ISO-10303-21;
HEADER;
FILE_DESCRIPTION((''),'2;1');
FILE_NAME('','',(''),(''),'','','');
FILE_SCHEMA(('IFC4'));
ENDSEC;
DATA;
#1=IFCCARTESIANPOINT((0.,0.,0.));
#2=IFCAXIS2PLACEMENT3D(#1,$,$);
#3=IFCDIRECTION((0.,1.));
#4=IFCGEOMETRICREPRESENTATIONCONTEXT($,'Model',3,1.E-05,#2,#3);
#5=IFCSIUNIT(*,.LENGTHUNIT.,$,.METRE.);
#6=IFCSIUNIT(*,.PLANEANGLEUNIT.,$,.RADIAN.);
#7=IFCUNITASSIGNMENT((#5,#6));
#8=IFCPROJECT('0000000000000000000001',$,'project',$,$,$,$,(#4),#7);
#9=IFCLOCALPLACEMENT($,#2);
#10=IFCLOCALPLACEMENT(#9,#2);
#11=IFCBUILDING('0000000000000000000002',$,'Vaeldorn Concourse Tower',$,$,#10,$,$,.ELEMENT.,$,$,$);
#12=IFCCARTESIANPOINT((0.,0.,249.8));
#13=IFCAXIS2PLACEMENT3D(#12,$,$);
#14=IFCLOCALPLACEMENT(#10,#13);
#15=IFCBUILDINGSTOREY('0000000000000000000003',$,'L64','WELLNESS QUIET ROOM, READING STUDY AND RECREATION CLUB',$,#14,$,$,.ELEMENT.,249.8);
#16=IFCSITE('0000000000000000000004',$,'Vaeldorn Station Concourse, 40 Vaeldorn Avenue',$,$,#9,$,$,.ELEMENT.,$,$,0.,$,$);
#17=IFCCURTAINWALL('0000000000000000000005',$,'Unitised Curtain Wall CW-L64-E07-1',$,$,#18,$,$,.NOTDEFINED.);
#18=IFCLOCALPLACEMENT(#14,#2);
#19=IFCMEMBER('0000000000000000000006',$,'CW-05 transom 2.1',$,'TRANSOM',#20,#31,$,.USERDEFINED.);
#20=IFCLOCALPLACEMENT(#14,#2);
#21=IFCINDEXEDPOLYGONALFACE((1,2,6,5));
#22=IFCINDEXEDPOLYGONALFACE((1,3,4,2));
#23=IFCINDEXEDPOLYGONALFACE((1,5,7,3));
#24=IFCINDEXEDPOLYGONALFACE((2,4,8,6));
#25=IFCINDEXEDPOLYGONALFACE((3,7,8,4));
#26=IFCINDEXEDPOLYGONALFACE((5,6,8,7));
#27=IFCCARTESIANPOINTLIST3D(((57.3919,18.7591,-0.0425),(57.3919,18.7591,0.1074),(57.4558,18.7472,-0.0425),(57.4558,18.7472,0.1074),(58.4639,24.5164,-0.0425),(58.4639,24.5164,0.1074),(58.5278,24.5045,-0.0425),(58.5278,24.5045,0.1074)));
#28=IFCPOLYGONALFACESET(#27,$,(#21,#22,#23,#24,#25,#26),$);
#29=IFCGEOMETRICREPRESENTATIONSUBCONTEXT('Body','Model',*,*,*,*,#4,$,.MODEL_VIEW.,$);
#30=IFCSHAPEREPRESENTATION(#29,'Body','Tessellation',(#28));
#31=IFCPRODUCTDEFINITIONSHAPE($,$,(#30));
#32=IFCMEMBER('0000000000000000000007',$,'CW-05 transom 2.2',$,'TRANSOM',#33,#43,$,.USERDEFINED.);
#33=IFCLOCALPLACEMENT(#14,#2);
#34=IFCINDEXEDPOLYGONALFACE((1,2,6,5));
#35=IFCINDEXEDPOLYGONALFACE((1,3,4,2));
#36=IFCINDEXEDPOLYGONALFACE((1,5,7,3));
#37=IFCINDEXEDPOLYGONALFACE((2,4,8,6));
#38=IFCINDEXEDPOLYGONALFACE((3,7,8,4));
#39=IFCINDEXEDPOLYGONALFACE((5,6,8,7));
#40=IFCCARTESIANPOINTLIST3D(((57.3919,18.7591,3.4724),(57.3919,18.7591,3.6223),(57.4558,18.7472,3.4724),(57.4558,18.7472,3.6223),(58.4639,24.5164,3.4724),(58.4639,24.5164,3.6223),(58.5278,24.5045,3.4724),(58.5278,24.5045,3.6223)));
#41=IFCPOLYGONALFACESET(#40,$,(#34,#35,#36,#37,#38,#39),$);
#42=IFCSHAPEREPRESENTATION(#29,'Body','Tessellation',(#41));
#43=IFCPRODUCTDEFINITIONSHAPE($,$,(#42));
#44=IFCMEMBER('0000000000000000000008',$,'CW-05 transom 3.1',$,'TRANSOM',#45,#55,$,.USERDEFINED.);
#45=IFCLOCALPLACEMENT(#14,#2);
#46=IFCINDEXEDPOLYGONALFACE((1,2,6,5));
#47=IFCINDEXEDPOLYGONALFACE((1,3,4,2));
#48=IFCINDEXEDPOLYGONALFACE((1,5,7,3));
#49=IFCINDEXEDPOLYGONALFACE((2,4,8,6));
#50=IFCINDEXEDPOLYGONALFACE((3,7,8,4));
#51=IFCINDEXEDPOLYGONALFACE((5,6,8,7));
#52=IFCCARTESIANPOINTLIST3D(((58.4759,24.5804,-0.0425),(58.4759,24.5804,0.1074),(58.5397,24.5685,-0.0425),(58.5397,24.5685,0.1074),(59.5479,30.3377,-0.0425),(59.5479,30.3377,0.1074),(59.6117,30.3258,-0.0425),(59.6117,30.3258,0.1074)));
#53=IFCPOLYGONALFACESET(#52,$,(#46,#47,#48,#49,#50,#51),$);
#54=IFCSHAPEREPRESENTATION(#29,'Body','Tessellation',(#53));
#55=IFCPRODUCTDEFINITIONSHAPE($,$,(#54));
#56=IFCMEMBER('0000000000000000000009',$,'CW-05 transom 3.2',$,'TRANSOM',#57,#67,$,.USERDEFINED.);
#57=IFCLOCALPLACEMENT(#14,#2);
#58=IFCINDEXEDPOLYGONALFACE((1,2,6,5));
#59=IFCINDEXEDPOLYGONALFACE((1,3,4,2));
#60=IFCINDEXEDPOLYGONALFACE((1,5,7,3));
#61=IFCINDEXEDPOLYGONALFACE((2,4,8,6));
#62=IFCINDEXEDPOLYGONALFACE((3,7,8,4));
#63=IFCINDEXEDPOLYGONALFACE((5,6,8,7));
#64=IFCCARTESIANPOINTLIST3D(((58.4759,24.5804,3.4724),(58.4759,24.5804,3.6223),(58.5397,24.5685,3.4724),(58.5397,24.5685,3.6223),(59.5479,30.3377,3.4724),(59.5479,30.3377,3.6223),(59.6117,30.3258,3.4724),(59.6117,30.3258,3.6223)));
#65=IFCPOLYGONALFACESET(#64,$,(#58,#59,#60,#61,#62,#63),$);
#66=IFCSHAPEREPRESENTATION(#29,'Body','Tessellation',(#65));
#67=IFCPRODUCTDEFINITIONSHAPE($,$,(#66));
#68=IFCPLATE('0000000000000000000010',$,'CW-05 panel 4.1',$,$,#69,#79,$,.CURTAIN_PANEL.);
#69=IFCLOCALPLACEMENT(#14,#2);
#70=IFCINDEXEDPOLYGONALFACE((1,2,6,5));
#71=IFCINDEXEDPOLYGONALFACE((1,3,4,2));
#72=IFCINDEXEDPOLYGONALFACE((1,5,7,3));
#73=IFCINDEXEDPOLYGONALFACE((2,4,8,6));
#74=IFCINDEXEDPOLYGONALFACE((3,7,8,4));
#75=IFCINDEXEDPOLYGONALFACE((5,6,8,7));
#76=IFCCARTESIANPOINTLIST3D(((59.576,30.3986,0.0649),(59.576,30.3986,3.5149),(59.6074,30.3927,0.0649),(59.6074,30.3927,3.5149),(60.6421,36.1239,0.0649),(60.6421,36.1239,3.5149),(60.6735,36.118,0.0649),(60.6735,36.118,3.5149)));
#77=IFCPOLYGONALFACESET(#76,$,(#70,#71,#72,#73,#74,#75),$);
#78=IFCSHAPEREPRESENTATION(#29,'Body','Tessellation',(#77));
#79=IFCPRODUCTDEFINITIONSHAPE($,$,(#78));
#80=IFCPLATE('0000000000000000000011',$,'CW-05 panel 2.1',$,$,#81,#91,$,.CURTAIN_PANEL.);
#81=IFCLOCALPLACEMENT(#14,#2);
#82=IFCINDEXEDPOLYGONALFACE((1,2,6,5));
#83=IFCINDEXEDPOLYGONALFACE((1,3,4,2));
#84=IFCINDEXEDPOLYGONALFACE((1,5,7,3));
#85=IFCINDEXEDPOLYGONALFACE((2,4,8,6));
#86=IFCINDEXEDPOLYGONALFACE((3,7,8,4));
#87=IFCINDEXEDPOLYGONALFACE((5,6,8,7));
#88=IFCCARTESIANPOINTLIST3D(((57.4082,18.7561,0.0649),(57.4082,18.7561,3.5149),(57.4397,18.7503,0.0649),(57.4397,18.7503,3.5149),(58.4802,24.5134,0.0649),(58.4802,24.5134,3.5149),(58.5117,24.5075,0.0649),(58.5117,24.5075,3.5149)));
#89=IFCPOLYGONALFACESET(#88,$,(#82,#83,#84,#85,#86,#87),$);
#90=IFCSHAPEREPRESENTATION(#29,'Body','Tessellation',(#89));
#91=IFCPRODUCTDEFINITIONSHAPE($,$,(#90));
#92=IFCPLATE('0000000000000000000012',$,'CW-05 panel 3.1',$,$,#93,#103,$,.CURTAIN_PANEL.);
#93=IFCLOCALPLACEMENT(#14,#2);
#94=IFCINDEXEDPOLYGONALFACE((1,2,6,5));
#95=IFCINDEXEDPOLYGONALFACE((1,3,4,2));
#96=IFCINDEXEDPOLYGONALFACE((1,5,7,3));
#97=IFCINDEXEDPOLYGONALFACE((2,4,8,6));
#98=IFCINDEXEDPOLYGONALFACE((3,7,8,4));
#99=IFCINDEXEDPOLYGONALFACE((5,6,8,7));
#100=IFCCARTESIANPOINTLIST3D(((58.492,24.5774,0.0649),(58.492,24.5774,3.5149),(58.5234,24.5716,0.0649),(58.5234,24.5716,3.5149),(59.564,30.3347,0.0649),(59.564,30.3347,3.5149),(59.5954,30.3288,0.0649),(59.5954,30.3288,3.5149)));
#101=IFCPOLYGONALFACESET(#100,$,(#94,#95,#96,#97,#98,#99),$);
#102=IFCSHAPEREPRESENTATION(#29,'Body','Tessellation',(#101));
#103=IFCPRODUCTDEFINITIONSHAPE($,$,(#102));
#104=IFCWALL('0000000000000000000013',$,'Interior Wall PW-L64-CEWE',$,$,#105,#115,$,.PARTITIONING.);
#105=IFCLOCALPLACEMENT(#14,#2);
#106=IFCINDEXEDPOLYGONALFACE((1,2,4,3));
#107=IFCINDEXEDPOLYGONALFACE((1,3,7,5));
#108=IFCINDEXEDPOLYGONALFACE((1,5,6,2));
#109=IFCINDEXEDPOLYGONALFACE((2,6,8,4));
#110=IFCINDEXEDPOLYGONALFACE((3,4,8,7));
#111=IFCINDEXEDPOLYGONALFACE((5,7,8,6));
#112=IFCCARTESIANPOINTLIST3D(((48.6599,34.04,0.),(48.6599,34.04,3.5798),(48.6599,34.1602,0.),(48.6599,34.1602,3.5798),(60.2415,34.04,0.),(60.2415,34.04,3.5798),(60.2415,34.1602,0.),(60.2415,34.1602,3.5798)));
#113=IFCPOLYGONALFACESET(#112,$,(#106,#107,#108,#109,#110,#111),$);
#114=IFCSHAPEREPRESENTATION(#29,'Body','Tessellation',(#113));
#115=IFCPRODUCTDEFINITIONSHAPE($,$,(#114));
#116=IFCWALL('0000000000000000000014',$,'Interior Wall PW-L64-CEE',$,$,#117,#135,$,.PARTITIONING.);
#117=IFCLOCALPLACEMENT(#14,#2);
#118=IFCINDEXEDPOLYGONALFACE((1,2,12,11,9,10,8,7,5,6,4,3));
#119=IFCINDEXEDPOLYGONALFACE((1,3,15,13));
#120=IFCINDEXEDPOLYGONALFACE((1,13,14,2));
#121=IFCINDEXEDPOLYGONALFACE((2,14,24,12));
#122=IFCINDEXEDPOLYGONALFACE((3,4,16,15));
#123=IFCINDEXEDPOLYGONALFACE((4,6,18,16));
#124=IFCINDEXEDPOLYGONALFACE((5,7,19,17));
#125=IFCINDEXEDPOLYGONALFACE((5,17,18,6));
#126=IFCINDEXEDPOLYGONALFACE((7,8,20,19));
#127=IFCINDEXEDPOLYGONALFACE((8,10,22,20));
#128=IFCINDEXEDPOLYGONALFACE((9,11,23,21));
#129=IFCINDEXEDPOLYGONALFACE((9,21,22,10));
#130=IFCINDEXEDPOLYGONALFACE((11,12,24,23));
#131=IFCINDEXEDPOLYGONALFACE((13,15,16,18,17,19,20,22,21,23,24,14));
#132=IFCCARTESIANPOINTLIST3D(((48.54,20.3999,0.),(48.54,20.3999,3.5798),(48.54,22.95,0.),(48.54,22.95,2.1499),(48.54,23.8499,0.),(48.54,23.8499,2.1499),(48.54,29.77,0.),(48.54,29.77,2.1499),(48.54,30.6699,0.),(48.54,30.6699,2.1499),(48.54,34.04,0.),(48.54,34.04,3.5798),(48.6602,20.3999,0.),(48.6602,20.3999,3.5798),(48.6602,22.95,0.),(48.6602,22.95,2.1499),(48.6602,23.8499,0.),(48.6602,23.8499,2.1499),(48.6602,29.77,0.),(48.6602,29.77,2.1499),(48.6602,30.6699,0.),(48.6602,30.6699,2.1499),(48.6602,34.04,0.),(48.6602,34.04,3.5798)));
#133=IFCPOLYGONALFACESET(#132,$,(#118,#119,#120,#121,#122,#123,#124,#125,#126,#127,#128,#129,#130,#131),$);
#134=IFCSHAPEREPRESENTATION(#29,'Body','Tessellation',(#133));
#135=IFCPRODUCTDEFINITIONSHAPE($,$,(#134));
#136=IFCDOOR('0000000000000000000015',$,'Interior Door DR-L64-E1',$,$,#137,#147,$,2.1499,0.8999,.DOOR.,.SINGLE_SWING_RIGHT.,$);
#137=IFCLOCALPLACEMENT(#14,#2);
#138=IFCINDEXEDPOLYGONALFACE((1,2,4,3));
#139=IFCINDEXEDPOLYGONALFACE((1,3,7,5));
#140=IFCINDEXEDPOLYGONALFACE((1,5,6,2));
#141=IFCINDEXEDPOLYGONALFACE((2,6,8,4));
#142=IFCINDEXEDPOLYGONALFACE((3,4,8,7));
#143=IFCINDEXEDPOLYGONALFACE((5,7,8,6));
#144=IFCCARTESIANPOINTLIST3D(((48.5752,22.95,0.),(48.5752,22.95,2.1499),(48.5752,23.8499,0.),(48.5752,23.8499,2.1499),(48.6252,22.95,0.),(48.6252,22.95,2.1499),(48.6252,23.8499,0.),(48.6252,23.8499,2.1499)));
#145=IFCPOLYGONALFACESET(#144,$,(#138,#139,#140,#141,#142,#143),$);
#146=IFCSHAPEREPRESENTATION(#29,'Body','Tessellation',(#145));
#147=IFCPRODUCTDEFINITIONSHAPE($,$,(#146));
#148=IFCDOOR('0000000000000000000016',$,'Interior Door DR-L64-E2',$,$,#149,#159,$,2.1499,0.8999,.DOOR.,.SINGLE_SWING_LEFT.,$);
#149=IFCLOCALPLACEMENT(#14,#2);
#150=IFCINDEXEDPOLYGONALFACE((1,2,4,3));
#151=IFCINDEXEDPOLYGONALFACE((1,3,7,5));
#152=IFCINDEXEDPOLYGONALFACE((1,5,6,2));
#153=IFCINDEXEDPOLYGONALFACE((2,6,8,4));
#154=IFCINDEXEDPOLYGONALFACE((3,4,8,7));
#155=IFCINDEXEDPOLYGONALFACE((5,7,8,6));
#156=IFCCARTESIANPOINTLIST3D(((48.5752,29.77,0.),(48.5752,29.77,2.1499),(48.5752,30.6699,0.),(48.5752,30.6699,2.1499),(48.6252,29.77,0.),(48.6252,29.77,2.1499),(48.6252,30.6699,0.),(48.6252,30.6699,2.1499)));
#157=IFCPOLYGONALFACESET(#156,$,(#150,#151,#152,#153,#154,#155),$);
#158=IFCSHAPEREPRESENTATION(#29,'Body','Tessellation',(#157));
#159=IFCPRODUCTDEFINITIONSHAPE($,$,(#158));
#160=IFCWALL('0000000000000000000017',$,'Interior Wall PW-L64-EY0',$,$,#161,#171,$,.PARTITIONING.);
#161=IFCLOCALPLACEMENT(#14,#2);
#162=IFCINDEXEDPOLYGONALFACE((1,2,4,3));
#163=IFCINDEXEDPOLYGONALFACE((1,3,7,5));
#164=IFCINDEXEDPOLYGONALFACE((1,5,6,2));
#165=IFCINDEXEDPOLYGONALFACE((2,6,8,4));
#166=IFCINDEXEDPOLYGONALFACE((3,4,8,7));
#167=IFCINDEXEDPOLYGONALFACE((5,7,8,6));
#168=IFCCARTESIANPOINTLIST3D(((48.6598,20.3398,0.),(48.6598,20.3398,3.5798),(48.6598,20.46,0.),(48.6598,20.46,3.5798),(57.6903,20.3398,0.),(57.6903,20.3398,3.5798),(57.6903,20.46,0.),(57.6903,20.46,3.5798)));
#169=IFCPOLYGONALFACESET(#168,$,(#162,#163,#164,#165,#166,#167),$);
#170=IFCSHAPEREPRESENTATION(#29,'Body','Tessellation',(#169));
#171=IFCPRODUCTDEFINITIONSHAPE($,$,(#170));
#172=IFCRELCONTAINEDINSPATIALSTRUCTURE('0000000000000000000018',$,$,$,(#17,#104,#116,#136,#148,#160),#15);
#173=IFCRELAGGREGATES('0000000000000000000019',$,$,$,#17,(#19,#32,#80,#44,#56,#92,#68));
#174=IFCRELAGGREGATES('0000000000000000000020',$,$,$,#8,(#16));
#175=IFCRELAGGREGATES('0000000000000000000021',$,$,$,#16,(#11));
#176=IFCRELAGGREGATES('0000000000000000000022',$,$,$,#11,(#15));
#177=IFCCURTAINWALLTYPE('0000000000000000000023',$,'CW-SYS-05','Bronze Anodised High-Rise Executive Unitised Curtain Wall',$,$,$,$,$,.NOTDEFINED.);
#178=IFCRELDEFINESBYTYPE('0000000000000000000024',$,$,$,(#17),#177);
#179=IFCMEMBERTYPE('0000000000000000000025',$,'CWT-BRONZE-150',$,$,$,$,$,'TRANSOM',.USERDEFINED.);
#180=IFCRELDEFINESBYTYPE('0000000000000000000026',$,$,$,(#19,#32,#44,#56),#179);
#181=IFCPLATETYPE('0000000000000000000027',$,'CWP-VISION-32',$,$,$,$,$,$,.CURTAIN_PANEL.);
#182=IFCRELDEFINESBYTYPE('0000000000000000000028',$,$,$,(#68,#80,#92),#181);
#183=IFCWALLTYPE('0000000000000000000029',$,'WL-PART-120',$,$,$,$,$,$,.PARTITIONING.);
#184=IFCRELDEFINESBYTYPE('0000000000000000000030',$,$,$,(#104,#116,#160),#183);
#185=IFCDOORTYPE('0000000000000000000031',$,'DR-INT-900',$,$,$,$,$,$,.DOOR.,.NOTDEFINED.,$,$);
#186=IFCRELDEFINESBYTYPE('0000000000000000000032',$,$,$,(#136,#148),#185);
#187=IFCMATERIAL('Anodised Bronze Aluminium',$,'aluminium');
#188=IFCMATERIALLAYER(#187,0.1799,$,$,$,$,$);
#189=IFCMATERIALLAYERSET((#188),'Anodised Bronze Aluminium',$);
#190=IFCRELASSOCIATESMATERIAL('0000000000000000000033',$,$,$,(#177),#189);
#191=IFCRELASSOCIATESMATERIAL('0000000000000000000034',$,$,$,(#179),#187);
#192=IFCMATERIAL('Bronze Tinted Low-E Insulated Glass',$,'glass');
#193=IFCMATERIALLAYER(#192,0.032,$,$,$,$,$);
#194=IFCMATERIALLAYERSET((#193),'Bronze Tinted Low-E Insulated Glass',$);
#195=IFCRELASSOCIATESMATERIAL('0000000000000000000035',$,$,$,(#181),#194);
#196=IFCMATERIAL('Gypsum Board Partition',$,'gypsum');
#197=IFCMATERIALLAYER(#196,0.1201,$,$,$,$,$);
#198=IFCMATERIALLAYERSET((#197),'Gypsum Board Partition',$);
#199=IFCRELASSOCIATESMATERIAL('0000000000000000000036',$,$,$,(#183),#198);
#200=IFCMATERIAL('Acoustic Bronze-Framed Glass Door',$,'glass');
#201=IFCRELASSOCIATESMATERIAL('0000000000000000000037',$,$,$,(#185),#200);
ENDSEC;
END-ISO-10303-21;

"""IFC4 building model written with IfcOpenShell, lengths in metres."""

from ifc_helpers import new_model, si_unit, direction, frame, frame_2d, origin, origin_2d, place, context, subcontext, project, spatial, rectangle, extrude, source, transform, mapped, material, layer, layer_set, material_profile, profile_set, type_object, element, fill, aggregate, save


model = new_model("IFC4")

# Units and contexts
model_context = context("Model", 3, precision=1e-05, world=origin(), true_north=direction((0.0, 1.0)))
body_context = subcontext(model_context, "Body", "Model", "MODEL_VIEW")
ifc_project = project(units=[si_unit("LENGTHUNIT", "METRE"), si_unit("PLANEANGLEUNIT", "RADIAN")], contexts=[model_context])

# Site, building, storey
site_placement = place(None, origin())
site = spatial("IfcSite", under=ifc_project, at=site_placement, Name="Vaeldorn Station Concourse, 40 Vaeldorn Avenue", CompositionType="ELEMENT", RefElevation=0.0)
building_placement = place(site_placement, origin())
building = spatial("IfcBuilding", under=site, at=building_placement, Name="Vaeldorn Concourse Tower", CompositionType="ELEMENT")
storey_placement = place(building_placement, frame((0.0, 0.0, 249.8)))
storey = spatial("IfcBuildingStorey", under=building, at=storey_placement, Name="L64", Description="WELLNESS QUIET ROOM, READING STUDY AND RECREATION CLUB", CompositionType="ELEMENT", Elevation=249.8)

# Curtain wall
ifc_material_1 = material(Name="Anodised Bronze Aluminium", Category="aluminium")
ifc_layer_1 = layer(ifc_material_1, 0.1799)
ifc_layer_set_1 = layer_set([ifc_layer_1], Name="Anodised Bronze Aluminium")
curtain_wall_type = type_object("IfcCurtainWallType", Name="CW-SYS-05", Description="Bronze Anodised High-Rise Executive Unitised Curtain Wall", PredefinedType="NOTDEFINED", material=ifc_layer_set_1)
curtain_wall_1_placement = place(storey_placement, origin())
curtain_wall_1 = element("IfcCurtainWall", 1, at=curtain_wall_1_placement, inside=storey, type_object=curtain_wall_type, Name="Unitised Curtain Wall CW-L64-E07-1", PredefinedType="NOTDEFINED")

# Members
ifc_material_profile_1 = material_profile(ifc_material_1, rectangle(XDim=0.0649, YDim=0.1499, at=origin_2d()), Name="CWT 65x150")
ifc_profile_set_1 = profile_set([ifc_material_profile_1], Name="Anodised Bronze Aluminium")
member_type_1 = type_object("IfcMemberType", Name="CWT-BRONZE-150", ElementType="TRANSOM", PredefinedType="USERDEFINED", material=ifc_profile_set_1)
shared_shape_1 = source(origin(), body_context, "Body", "SweptSolid", [
    extrude(rectangle(XDim=0.0649, YDim=0.1499, at=origin_2d()), origin(), (0.0, 0.0, 1.0), 5.8562),
])
member_1_placement = place(storey_placement, frame((57.4238, 18.7532, 0.0325), z_axis=(0.183055, 0.983103, 0.0), x_axis=(-0.983103, 0.183055, 0.0)))
member_1 = element("IfcMember", 2, at=member_1_placement, type_object=member_type_1, Name="CW-05 transom 2.1", ObjectType="TRANSOM", PredefinedType="USERDEFINED", context=body_context, shape_type="MappedRepresentation", body=[
    mapped(shared_shape_1, transform((0.0, 0.0, 0.0), scale=1.0)),
])
member_2_placement = place(storey_placement, frame((57.4238, 18.7532, 3.5474), z_axis=(0.183055, 0.983103, 0.0), x_axis=(-0.983103, 0.183055, 0.0)))
member_2 = element("IfcMember", 3, at=member_2_placement, type_object=member_type_1, Name="CW-05 transom 2.2", ObjectType="TRANSOM", PredefinedType="USERDEFINED", context=body_context, shape_type="MappedRepresentation", body=[
    mapped(shared_shape_1, transform((0.0, 0.0, 0.0), scale=1.0)),
])
member_3_placement = place(storey_placement, frame((58.5078, 24.5745, 0.0325), z_axis=(0.183055, 0.983103, 0.0), x_axis=(-0.983103, 0.183055, 0.0)))
member_3 = element("IfcMember", 4, at=member_3_placement, type_object=member_type_1, Name="CW-05 transom 3.1", ObjectType="TRANSOM", PredefinedType="USERDEFINED", context=body_context, shape_type="MappedRepresentation", body=[
    mapped(shared_shape_1, transform((0.0, 0.0, 0.0), scale=1.0)),
])
member_4_placement = place(storey_placement, frame((58.5078, 24.5745, 3.5474), z_axis=(0.183055, 0.983103, 0.0), x_axis=(-0.983103, 0.183055, 0.0)))
member_4 = element("IfcMember", 5, at=member_4_placement, type_object=member_type_1, Name="CW-05 transom 3.2", ObjectType="TRANSOM", PredefinedType="USERDEFINED", context=body_context, shape_type="MappedRepresentation", body=[
    mapped(shared_shape_1, transform((0.0, 0.0, 0.0), scale=1.0)),
])

# Plates
ifc_material_2 = material(Name="Bronze Tinted Low-E Insulated Glass", Category="glass")
ifc_layer_2 = layer(ifc_material_2, 0.032)
ifc_layer_set_2 = layer_set([ifc_layer_2], Name="Bronze Tinted Low-E Insulated Glass")
plate_type = type_object("IfcPlateType", Name="CWP-VISION-32", PredefinedType="CURTAIN_PANEL", material=ifc_layer_set_2)
shared_shape_2 = source(origin(), body_context, "Body", "SweptSolid", [
    extrude(rectangle(XDim=5.8237, YDim=0.032, at=origin_2d()), origin(), (0.0, 0.0, 1.0), 3.45),
])
plate_1_placement = place(storey_placement, frame((60.1248, 33.2583, 0.0649), z_axis=(0.0, 0.0, 1.0), x_axis=(0.183055, 0.983103, 0.0)))
plate_1 = element("IfcPlate", 6, at=plate_1_placement, type_object=plate_type, Name="CW-05 panel 4.1", PredefinedType="CURTAIN_PANEL", context=body_context, shape_type="MappedRepresentation", body=[
    mapped(shared_shape_2, transform((0.0, 0.0, 0.0), scale=1.0)),
])
shared_shape_3 = source(origin(), body_context, "Body", "SweptSolid", [
    extrude(rectangle(XDim=5.8562, YDim=0.032, at=origin_2d()), origin(), (0.0, 0.0, 1.0), 3.45),
])
plate_2_placement = place(storey_placement, frame((57.96, 21.6318, 0.0649), z_axis=(0.0, 0.0, 1.0), x_axis=(0.183055, 0.983103, 0.0)))
plate_2 = element("IfcPlate", 7, at=plate_2_placement, type_object=plate_type, Name="CW-05 panel 2.1", PredefinedType="CURTAIN_PANEL", context=body_context, shape_type="MappedRepresentation", body=[
    mapped(shared_shape_3, transform((0.0, 0.0, 0.0), scale=1.0)),
])
plate_3_placement = place(storey_placement, frame((59.0437, 27.4531, 0.0649), z_axis=(0.0, 0.0, 1.0), x_axis=(0.183055, 0.983103, 0.0)))
plate_3 = element("IfcPlate", 8, at=plate_3_placement, type_object=plate_type, Name="CW-05 panel 3.1", PredefinedType="CURTAIN_PANEL", context=body_context, shape_type="MappedRepresentation", body=[
    mapped(shared_shape_3, transform((0.0, 0.0, 0.0), scale=1.0)),
])
aggregate(curtain_wall_1, [member_1, member_2, plate_2, member_3, member_4, plate_3, plate_1])

# Wall
ifc_material_3 = material(Name="Gypsum Board Partition", Category="gypsum")
ifc_layer_3 = layer(ifc_material_3, 0.1201)
ifc_layer_set_3 = layer_set([ifc_layer_3], Name="Gypsum Board Partition")
wall_type = type_object("IfcWallType", Name="WL-PART-120", PredefinedType="PARTITIONING", material=ifc_layer_set_3)
wall_1_placement = place(storey_placement, frame((48.6599, 34.1001, 0.0), z_axis=(0.0, 0.0, 1.0), x_axis=(1.0, 0.0, 0.0)))
element("IfcWall", 9, at=wall_1_placement, inside=storey, type_object=wall_type, Name="Interior Wall PW-L64-CEWE", PredefinedType="PARTITIONING", context=body_context, shape_type="SweptSolid", body=[
    extrude(rectangle(XDim=11.5815, YDim=0.1201, at=frame_2d((5.7908, 0.0))), origin(), (0.0, 0.0, 1.0), 3.5798),
])

# Shared definitions
ifc_material_4 = material(Name="Acoustic Bronze-Framed Glass Door", Category="glass")
door_type = type_object("IfcDoorType", Name="DR-INT-900", OperationType="NOTDEFINED", PredefinedType="DOOR", material=ifc_material_4)
shared_shape_4 = source(origin(), body_context, "Body", "SweptSolid", [
    extrude(rectangle(XDim=0.8999, YDim=2.1499, at=frame_2d((0.45, 1.075))), frame((0.0, 0.0249, 0.0), z_axis=(0.0, -1.0, 0.0), x_axis=(1.0, 0.0, 0.0)), (0.0, 0.0, 1.0), 0.05),
])

# Wall, openings, doors
wall_2_placement = place(storey_placement, frame((48.6001, 20.3999, 0.0), z_axis=(0.0, 0.0, 1.0), x_axis=(0.0, 1.0, 0.0)))
wall_2 = element("IfcWall", 10, at=wall_2_placement, inside=storey, type_object=wall_type, Name="Interior Wall PW-L64-CEE", PredefinedType="PARTITIONING", context=body_context, shape_type="SweptSolid", body=[
    extrude(rectangle(XDim=13.6401, YDim=0.1201, at=frame_2d((6.8201, 0.0))), origin(), (0.0, 0.0, 1.0), 3.5798),
])
opening_1_placement = place(wall_2_placement, frame((2.55, 0.0, 0.0)))
opening_1 = element("IfcOpeningElement", 11, at=opening_1_placement, cuts=wall_2, PredefinedType="OPENING", context=body_context, shape_type="SweptSolid", body=[
    extrude(rectangle(XDim=0.8999, YDim=2.1499, at=frame_2d((0.45, 1.075))), frame((0.0, 0.0701, 0.0), z_axis=(0.0, -1.0, 0.0), x_axis=(1.0, 0.0, 0.0)), (0.0, 0.0, 1.0), 0.1401),
])
opening_2_placement = place(wall_2_placement, frame((9.3701, 0.0, 0.0)))
opening_2 = element("IfcOpeningElement", 12, at=opening_2_placement, cuts=wall_2, PredefinedType="OPENING", context=body_context, shape_type="SweptSolid", body=[
    extrude(rectangle(XDim=0.8999, YDim=2.1499, at=frame_2d((0.45, 1.075))), frame((0.0, 0.0701, 0.0), z_axis=(0.0, -1.0, 0.0), x_axis=(1.0, 0.0, 0.0)), (0.0, 0.0, 1.0), 0.1401),
])
door_1_placement = place(opening_1_placement, origin())
door_1 = element("IfcDoor", 13, at=door_1_placement, inside=storey, type_object=door_type, Name="Interior Door DR-L64-E1", OperationType="SINGLE_SWING_RIGHT", OverallHeight=2.1499, OverallWidth=0.8999, PredefinedType="DOOR", context=body_context, shape_type="MappedRepresentation", body=[
    mapped(shared_shape_4, transform((0.0, 0.0, 0.0), scale=1.0)),
])
fill(opening_1, door_1)
door_2_placement = place(opening_2_placement, origin())
door_2 = element("IfcDoor", 14, at=door_2_placement, inside=storey, type_object=door_type, Name="Interior Door DR-L64-E2", OperationType="SINGLE_SWING_LEFT", OverallHeight=2.1499, OverallWidth=0.8999, PredefinedType="DOOR", context=body_context, shape_type="MappedRepresentation", body=[
    mapped(shared_shape_4, transform((0.0, 0.0, 0.0), scale=1.0)),
])
fill(opening_2, door_2)

# Wall
wall_3_placement = place(storey_placement, frame((48.6599, 20.3999, 0.0), z_axis=(0.0, 0.0, 1.0), x_axis=(1.0, 0.0, 0.0)))
element("IfcWall", 15, at=wall_3_placement, inside=storey, type_object=wall_type, Name="Interior Wall PW-L64-EY0", PredefinedType="PARTITIONING", context=body_context, shape_type="SweptSolid", body=[
    extrude(rectangle(XDim=9.0305, YDim=0.1201, at=frame_2d((4.5151, 0.0))), origin(), (0.0, 0.0, 1.0), 3.5798),
])

save(model, "model.ifc")
